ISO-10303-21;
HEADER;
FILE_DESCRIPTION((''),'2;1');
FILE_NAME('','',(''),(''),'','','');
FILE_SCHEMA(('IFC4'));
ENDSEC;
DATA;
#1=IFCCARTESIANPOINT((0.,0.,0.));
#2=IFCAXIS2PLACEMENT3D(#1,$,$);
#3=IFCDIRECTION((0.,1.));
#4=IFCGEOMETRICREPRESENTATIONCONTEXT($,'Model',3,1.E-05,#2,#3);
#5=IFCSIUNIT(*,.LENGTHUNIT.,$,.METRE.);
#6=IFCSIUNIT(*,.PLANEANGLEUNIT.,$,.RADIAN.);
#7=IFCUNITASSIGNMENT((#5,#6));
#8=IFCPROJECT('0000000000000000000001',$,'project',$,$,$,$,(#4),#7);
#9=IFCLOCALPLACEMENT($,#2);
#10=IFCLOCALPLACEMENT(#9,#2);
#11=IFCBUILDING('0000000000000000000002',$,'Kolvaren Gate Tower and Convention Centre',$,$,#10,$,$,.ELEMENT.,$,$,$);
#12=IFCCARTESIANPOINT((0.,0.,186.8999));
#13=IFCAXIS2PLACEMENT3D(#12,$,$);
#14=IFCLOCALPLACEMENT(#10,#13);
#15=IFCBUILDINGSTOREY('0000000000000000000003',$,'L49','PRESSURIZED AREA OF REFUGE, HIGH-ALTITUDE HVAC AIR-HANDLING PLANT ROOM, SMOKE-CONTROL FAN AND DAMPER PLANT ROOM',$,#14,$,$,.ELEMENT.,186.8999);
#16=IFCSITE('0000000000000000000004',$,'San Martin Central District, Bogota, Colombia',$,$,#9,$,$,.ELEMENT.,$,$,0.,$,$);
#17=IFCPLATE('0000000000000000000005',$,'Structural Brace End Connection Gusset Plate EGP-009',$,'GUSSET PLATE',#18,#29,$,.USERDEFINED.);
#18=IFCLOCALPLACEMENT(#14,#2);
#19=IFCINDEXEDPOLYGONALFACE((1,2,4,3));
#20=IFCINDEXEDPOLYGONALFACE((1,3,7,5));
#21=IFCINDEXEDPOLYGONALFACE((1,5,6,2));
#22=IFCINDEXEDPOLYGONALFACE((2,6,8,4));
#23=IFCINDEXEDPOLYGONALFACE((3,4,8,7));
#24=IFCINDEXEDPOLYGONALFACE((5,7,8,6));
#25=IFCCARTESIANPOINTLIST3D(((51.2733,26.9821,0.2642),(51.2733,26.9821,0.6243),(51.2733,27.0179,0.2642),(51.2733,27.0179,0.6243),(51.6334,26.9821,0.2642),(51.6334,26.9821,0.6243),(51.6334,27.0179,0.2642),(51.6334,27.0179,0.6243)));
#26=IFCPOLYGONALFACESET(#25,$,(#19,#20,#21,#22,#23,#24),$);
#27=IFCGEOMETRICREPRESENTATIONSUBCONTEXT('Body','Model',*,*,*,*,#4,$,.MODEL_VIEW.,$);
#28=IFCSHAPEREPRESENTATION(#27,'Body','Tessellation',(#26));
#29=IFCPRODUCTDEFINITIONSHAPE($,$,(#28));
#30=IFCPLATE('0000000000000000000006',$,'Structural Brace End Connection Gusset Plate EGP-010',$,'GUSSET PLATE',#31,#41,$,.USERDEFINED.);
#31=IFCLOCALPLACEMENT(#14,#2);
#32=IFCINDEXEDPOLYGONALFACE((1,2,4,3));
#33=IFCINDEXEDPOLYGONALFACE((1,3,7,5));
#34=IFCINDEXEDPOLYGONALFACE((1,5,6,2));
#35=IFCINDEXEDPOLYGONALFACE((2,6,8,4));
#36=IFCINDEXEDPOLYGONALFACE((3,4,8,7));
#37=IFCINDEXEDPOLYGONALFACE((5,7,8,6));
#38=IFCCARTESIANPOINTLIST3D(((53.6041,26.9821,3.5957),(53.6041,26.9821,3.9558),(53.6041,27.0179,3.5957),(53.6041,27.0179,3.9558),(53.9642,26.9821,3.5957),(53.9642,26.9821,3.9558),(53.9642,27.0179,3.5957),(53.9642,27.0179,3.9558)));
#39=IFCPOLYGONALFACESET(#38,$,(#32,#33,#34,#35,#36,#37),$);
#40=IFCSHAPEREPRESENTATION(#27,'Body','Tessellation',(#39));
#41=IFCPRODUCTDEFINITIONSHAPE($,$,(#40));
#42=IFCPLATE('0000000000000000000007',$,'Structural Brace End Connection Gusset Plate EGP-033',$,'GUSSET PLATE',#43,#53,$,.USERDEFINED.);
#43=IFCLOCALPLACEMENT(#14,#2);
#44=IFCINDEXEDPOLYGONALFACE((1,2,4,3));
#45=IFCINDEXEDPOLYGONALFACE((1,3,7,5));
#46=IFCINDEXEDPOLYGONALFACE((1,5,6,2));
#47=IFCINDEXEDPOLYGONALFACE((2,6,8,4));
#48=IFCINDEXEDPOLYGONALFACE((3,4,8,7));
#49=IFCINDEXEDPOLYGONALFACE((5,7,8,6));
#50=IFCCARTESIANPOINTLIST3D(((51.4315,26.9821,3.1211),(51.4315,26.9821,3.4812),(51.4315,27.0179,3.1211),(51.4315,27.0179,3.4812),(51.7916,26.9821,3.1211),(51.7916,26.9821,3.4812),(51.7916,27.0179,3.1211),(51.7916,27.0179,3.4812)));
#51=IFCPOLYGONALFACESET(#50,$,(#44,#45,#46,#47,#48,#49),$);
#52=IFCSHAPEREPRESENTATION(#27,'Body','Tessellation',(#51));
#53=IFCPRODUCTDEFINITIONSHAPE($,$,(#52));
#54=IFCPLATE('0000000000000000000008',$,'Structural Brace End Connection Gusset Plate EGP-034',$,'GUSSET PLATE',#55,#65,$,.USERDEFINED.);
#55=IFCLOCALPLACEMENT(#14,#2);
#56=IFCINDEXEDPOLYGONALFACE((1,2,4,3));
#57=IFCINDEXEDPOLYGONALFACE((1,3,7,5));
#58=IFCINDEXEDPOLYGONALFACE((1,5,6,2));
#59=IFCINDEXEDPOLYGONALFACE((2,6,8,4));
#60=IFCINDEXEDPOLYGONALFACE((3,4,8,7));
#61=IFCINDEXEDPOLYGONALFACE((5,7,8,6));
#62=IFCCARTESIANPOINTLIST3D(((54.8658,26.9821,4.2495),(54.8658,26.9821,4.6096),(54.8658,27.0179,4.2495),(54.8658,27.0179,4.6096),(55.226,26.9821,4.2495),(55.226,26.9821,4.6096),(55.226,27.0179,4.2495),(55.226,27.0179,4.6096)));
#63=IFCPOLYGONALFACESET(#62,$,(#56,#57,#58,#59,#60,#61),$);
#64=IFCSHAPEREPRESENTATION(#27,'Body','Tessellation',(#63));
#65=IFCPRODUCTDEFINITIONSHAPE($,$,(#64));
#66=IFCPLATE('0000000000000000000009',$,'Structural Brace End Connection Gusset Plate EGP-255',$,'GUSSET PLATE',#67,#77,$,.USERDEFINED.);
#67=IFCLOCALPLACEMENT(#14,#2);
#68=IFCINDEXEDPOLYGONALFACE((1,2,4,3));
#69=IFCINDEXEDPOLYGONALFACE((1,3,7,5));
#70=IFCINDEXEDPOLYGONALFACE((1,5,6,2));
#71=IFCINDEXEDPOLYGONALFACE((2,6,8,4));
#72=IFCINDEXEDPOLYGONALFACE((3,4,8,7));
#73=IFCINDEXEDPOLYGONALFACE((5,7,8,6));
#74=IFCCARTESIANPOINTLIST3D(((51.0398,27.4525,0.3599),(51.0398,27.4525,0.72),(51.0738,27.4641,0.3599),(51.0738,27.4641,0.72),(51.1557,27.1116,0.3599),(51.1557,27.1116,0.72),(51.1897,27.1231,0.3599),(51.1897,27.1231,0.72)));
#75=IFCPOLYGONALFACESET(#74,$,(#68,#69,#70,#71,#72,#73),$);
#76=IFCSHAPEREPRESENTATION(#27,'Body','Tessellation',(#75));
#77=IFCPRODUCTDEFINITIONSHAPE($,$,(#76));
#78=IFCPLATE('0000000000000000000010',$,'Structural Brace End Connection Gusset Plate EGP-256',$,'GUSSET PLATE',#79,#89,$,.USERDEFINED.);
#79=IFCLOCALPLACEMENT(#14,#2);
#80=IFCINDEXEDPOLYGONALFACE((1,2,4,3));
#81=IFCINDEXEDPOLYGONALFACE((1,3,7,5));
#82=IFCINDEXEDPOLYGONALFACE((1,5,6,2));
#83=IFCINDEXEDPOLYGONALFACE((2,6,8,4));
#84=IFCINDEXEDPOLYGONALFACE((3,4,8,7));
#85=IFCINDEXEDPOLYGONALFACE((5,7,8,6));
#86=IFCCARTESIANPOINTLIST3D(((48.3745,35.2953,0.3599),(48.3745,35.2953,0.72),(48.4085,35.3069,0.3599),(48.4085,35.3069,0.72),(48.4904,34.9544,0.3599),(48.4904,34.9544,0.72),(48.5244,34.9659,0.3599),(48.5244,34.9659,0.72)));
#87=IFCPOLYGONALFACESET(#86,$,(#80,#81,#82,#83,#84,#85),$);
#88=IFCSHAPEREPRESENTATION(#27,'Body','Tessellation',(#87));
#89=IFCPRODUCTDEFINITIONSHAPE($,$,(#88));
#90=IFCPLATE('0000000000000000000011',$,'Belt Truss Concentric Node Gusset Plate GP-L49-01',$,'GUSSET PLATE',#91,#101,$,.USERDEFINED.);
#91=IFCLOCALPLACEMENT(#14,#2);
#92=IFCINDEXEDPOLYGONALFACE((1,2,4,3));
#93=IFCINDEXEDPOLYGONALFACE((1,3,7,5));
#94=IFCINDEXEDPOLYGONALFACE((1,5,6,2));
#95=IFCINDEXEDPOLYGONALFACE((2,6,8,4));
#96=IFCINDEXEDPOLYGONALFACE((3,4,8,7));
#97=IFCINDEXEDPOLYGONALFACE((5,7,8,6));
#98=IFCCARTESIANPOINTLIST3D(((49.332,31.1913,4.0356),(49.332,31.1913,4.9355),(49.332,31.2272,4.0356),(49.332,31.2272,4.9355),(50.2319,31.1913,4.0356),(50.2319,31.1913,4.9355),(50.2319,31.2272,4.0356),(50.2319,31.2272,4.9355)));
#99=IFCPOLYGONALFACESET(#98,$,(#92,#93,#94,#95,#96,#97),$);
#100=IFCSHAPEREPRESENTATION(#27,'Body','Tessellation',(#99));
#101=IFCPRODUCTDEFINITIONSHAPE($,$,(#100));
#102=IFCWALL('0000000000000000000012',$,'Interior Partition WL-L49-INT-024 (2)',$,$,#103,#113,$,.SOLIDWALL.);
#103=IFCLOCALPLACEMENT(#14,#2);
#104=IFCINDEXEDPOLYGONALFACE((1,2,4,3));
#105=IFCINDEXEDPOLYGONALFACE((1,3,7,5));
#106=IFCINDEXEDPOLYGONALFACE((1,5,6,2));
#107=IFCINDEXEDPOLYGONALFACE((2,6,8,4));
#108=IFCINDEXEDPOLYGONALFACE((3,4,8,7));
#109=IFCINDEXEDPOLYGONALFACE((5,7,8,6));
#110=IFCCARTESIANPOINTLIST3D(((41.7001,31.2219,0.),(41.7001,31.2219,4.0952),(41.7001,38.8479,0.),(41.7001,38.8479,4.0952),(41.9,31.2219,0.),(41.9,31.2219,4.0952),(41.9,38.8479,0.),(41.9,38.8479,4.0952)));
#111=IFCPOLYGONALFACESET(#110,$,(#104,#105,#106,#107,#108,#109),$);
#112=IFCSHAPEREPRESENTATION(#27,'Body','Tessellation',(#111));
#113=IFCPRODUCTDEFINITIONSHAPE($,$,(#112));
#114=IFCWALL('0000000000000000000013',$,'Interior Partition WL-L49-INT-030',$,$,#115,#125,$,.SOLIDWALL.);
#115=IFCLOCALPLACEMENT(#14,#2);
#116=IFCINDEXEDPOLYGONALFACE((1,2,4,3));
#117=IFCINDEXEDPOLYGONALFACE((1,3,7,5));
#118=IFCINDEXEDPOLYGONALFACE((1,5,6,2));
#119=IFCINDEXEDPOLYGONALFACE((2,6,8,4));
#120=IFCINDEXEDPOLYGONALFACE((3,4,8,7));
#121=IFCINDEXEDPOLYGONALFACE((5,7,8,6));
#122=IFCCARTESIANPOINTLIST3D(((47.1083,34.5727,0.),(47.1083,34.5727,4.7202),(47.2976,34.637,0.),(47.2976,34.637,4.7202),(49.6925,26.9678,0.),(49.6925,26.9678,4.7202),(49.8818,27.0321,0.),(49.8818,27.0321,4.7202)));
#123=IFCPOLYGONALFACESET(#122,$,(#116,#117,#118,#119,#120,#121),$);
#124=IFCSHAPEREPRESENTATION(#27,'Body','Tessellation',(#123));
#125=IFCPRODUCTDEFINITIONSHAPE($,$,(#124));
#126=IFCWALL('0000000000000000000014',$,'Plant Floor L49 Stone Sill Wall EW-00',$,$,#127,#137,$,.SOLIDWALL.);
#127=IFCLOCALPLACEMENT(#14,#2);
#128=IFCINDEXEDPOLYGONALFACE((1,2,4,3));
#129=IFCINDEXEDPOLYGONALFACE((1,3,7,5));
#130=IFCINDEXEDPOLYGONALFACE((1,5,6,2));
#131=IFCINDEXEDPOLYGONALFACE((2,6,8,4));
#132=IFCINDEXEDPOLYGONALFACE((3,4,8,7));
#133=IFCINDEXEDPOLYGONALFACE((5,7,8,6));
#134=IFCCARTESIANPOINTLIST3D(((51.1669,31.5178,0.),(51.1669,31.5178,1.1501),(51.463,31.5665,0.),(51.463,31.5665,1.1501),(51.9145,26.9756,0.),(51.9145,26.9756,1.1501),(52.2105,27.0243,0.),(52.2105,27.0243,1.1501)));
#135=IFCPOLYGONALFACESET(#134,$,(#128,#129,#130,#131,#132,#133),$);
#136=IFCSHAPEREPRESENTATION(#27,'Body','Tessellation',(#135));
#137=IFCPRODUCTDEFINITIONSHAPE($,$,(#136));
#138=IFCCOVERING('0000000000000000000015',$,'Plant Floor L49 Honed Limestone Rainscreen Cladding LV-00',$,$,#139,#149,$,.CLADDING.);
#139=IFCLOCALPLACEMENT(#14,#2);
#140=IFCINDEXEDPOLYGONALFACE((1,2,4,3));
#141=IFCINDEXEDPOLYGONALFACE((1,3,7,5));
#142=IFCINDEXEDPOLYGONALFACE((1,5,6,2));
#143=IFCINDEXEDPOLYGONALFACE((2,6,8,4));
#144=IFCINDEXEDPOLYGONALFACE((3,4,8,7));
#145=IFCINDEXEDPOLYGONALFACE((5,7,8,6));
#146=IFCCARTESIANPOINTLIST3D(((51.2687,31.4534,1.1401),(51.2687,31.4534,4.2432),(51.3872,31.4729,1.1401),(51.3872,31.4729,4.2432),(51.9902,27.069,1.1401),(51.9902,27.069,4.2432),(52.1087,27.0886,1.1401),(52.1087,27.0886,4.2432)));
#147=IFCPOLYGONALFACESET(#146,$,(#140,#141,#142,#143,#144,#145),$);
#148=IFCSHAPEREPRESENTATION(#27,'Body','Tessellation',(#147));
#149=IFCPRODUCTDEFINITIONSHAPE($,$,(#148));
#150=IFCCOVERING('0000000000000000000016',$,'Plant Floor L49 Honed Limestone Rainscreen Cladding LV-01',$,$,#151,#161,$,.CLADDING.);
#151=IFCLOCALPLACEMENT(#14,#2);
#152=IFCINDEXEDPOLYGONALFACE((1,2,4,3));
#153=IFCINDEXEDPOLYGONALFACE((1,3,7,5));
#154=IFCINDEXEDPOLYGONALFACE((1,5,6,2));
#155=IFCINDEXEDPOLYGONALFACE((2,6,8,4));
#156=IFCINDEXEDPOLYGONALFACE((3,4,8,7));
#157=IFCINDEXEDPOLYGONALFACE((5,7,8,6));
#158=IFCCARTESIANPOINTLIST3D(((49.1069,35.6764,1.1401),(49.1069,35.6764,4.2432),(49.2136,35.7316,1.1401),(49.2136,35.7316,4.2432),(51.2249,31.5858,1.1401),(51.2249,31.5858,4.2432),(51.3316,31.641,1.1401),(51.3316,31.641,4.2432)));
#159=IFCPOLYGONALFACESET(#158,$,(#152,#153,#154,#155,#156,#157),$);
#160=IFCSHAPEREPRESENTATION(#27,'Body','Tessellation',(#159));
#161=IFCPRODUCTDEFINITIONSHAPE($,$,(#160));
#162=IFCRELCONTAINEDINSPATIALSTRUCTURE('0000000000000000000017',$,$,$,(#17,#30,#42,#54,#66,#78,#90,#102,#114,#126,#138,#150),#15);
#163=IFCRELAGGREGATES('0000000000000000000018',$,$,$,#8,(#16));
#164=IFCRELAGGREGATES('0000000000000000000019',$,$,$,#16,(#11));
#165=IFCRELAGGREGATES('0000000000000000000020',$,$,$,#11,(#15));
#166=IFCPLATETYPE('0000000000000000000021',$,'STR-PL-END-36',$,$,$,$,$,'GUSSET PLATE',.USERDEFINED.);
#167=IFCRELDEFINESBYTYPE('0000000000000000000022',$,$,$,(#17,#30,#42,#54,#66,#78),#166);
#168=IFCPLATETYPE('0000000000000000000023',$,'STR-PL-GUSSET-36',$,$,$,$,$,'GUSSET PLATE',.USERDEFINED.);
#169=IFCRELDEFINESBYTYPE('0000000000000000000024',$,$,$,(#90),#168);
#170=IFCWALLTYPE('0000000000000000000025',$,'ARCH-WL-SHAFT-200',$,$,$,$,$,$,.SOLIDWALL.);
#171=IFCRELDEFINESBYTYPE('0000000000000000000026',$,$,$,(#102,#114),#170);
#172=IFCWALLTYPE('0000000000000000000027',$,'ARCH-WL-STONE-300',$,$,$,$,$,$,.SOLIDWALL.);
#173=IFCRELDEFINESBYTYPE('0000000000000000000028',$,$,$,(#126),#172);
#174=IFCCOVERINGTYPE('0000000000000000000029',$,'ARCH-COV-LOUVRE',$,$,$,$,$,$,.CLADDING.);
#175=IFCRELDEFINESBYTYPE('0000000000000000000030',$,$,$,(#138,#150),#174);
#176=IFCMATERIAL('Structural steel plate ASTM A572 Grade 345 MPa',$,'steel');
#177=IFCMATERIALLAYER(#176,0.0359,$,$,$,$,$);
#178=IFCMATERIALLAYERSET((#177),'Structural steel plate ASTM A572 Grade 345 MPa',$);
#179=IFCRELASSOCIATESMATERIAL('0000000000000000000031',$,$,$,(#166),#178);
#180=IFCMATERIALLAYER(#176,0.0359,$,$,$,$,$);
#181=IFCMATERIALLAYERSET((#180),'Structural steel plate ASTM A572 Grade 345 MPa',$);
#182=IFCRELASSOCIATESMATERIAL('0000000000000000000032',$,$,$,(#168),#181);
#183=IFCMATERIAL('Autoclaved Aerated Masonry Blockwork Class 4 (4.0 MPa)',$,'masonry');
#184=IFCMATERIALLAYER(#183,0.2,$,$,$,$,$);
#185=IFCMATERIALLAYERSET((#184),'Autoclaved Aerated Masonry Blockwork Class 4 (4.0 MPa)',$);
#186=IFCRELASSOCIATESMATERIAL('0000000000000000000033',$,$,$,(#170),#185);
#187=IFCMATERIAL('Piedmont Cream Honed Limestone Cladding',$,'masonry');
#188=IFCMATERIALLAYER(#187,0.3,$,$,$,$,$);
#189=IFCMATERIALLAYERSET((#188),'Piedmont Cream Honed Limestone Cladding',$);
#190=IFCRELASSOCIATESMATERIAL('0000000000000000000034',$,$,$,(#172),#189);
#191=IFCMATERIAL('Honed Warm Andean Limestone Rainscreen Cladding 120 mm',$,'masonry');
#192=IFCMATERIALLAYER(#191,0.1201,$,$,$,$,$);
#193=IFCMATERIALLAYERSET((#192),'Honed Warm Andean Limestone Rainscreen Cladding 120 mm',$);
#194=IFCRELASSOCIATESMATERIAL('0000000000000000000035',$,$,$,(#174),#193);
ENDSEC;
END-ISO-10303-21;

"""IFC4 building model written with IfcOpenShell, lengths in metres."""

from ifc_helpers import new_model, si_unit, direction, frame, frame_2d, origin, origin_2d, place, context, subcontext, project, spatial, rectangle, extrude, material, layer, layer_set, type_object, element, save


model = new_model("IFC4")

# Units and contexts
model_context = context("Model", 3, precision=1e-05, world=origin(), true_north=direction((0.0, 1.0)))
body_context = subcontext(model_context, "Body", "Model", "MODEL_VIEW")
ifc_project = project(units=[si_unit("LENGTHUNIT", "METRE"), si_unit("PLANEANGLEUNIT", "RADIAN")], contexts=[model_context])

# Site, building, storey
site_placement = place(None, origin())
site = spatial("IfcSite", under=ifc_project, at=site_placement, Name="San Martin Central District, Bogota, Colombia", CompositionType="ELEMENT", RefElevation=0.0)
building_placement = place(site_placement, origin())
building = spatial("IfcBuilding", under=site, at=building_placement, Name="Kolvaren Gate Tower and Convention Centre", CompositionType="ELEMENT")
storey_placement = place(building_placement, frame((0.0, 0.0, 186.8999)))
storey = spatial("IfcBuildingStorey", under=building, at=storey_placement, Name="L49", Description="PRESSURIZED AREA OF REFUGE, HIGH-ALTITUDE HVAC AIR-HANDLING PLANT ROOM, SMOKE-CONTROL FAN AND DAMPER PLANT ROOM", CompositionType="ELEMENT", Elevation=186.8999)

# Plates
ifc_material_1 = material(Name="Structural steel plate ASTM A572 Grade 345 MPa", Category="steel")
ifc_layer_1 = layer(ifc_material_1, 0.0359)
ifc_layer_set_1 = layer_set([ifc_layer_1], Name="Structural steel plate ASTM A572 Grade 345 MPa")
plate_type_1 = type_object("IfcPlateType", Name="STR-PL-END-36", ElementType="GUSSET PLATE", PredefinedType="USERDEFINED", material=ifc_layer_set_1)
for number, where, z_axis, x_axis, name in (
    (1, (51.4534, 27.0, 0.2642), (0.0, 0.0, 1.0), (1.0, 0.0, 0.0), "Structural Brace End Connection Gusset Plate EGP-009"),
    (2, (53.7842, 27.0, 3.5957), (0.0, 0.0, 1.0), (1.0, 0.0, 0.0), "Structural Brace End Connection Gusset Plate EGP-010"),
    (3, (51.6116, 27.0, 3.1211), (0.0, 0.0, 1.0), (1.0, 0.0, 0.0), "Structural Brace End Connection Gusset Plate EGP-033"),
    (4, (55.0459, 27.0, 4.2495), (0.0, 0.0, 1.0), (1.0, 0.0, 0.0), "Structural Brace End Connection Gusset Plate EGP-034"),
    (5, (51.1147, 27.2878, 0.3599), (0.0, 0.0, 1.0), (-0.321749, 0.946825, 0.0), "Structural Brace End Connection Gusset Plate EGP-255"),
    (6, (48.4495, 35.1306, 0.3599), (0.0, 0.0, 1.0), (0.321749, -0.946825, 0.0), "Structural Brace End Connection Gusset Plate EGP-256"),
):
    element("IfcPlate", number, at=place(storey_placement, frame(where, z_axis=z_axis, x_axis=x_axis)), inside=storey, type_object=plate_type_1, Name=name, ObjectType="GUSSET PLATE", PredefinedType="USERDEFINED", context=body_context, shape_type="SweptSolid", body=[
        extrude(rectangle(XDim=0.3601, YDim=0.0359, at=origin_2d()), origin(), (0.0, 0.0, 1.0), 0.3601),
    ])
ifc_layer_2 = layer(ifc_material_1, 0.0359)
ifc_layer_set_2 = layer_set([ifc_layer_2], Name="Structural steel plate ASTM A572 Grade 345 MPa")
plate_type_2 = type_object("IfcPlateType", Name="STR-PL-GUSSET-36", ElementType="GUSSET PLATE", PredefinedType="USERDEFINED", material=ifc_layer_set_2)
plate_1_placement = place(storey_placement, frame((49.782, 31.2092, 4.0356), z_axis=(0.0, 0.0, 1.0), x_axis=(1.0, 0.0, 0.0)))
element("IfcPlate", 7, at=plate_1_placement, inside=storey, type_object=plate_type_2, Name="Belt Truss Concentric Node Gusset Plate GP-L49-01", ObjectType="GUSSET PLATE", PredefinedType="USERDEFINED", context=body_context, shape_type="SweptSolid", body=[
    extrude(rectangle(XDim=0.8999, YDim=0.0359, at=origin_2d()), origin(), (0.0, 0.0, 1.0), 0.8999),
])

# Walls
ifc_material_2 = material(Name="Autoclaved Aerated Masonry Blockwork Class 4 (4.0 MPa)", Category="masonry")
ifc_layer_3 = layer(ifc_material_2, 0.2)
ifc_layer_set_3 = layer_set([ifc_layer_3], Name="Autoclaved Aerated Masonry Blockwork Class 4 (4.0 MPa)")
wall_type_1 = type_object("IfcWallType", Name="ARCH-WL-SHAFT-200", PredefinedType="SOLIDWALL", material=ifc_layer_set_3)
wall_1_placement = place(storey_placement, frame((41.8, 31.2219, 0.0), z_axis=(0.0, 0.0, 1.0), x_axis=(0.0, 1.0, 0.0)))
element("IfcWall", 8, at=wall_1_placement, inside=storey, type_object=wall_type_1, Name="Interior Partition WL-L49-INT-024 (2)", PredefinedType="SOLIDWALL", context=body_context, shape_type="SweptSolid", body=[
    extrude(rectangle(XDim=7.626, YDim=0.2, at=frame_2d((3.813, 0.0))), origin(), (0.0, 0.0, 1.0), 4.0952),
])
wall_2_placement = place(storey_placement, frame((47.2029, 34.605, 0.0), z_axis=(0.0, 0.0, 1.0), x_axis=(0.321739, -0.946828, 0.0)))
element("IfcWall", 9, at=wall_2_placement, inside=storey, type_object=wall_type_1, Name="Interior Partition WL-L49-INT-030", PredefinedType="SOLIDWALL", context=body_context, shape_type="SweptSolid", body=[
    extrude(rectangle(XDim=8.032, YDim=0.2, at=frame_2d((4.0161, 0.0))), origin(), (0.0, 0.0, 1.0), 4.7202),
])
ifc_material_3 = material(Name="Piedmont Cream Honed Limestone Cladding", Category="masonry")
ifc_layer_4 = layer(ifc_material_3, 0.3)
ifc_layer_set_4 = layer_set([ifc_layer_4], Name="Piedmont Cream Honed Limestone Cladding")
wall_type_2 = type_object("IfcWallType", Name="ARCH-WL-STONE-300", PredefinedType="SOLIDWALL", material=ifc_layer_set_4)
wall_3_placement = place(storey_placement, frame((51.3149, 31.5422, 0.0), z_axis=(0.0, 0.0, 1.0), x_axis=(0.162395, -0.986726, 0.0)))
element("IfcWall", 10, at=wall_3_placement, inside=storey, type_object=wall_type_2, Name="Plant Floor L49 Stone Sill Wall EW-00", PredefinedType="SOLIDWALL", context=body_context, shape_type="SweptSolid", body=[
    extrude(rectangle(XDim=4.6033, YDim=0.3, at=frame_2d((2.3018, 0.0))), origin(), (0.0, 0.0, 1.0), 1.1501),
])

# Coverings
ifc_material_4 = material(Name="Honed Warm Andean Limestone Rainscreen Cladding 120 mm", Category="masonry")
ifc_layer_5 = layer(ifc_material_4, 0.1201)
ifc_layer_set_5 = layer_set([ifc_layer_5], Name="Honed Warm Andean Limestone Rainscreen Cladding 120 mm")
covering_type = type_object("IfcCoveringType", Name="ARCH-COV-LOUVRE", PredefinedType="CLADDING", material=ifc_layer_set_5)
covering_1_placement = place(storey_placement, frame((51.6887, 29.271, 1.1401), z_axis=(0.0, 0.0, 1.0), x_axis=(0.162381, -0.986728, 0.0)))
element("IfcCovering", 11, at=covering_1_placement, inside=storey, type_object=covering_type, Name="Plant Floor L49 Honed Limestone Rainscreen Cladding LV-00", PredefinedType="CLADDING", context=body_context, shape_type="SweptSolid", body=[
    extrude(rectangle(XDim=4.4434, YDim=0.1201, at=origin_2d()), origin(), (0.0, 0.0, 1.0), 3.103),
])
covering_2_placement = place(storey_placement, frame((50.2192, 33.6587, 1.1401), z_axis=(0.0, 0.0, 1.0), x_axis=(0.459798, -0.888023, 0.0)))
element("IfcCovering", 12, at=covering_2_placement, inside=storey, type_object=covering_type, Name="Plant Floor L49 Honed Limestone Rainscreen Cladding LV-01", PredefinedType="CLADDING", context=body_context, shape_type="SweptSolid", body=[
    extrude(rectangle(XDim=4.6064, YDim=0.1201, at=origin_2d()), origin(), (0.0, 0.0, 1.0), 3.103),
])

save(model, "model.ifc")
